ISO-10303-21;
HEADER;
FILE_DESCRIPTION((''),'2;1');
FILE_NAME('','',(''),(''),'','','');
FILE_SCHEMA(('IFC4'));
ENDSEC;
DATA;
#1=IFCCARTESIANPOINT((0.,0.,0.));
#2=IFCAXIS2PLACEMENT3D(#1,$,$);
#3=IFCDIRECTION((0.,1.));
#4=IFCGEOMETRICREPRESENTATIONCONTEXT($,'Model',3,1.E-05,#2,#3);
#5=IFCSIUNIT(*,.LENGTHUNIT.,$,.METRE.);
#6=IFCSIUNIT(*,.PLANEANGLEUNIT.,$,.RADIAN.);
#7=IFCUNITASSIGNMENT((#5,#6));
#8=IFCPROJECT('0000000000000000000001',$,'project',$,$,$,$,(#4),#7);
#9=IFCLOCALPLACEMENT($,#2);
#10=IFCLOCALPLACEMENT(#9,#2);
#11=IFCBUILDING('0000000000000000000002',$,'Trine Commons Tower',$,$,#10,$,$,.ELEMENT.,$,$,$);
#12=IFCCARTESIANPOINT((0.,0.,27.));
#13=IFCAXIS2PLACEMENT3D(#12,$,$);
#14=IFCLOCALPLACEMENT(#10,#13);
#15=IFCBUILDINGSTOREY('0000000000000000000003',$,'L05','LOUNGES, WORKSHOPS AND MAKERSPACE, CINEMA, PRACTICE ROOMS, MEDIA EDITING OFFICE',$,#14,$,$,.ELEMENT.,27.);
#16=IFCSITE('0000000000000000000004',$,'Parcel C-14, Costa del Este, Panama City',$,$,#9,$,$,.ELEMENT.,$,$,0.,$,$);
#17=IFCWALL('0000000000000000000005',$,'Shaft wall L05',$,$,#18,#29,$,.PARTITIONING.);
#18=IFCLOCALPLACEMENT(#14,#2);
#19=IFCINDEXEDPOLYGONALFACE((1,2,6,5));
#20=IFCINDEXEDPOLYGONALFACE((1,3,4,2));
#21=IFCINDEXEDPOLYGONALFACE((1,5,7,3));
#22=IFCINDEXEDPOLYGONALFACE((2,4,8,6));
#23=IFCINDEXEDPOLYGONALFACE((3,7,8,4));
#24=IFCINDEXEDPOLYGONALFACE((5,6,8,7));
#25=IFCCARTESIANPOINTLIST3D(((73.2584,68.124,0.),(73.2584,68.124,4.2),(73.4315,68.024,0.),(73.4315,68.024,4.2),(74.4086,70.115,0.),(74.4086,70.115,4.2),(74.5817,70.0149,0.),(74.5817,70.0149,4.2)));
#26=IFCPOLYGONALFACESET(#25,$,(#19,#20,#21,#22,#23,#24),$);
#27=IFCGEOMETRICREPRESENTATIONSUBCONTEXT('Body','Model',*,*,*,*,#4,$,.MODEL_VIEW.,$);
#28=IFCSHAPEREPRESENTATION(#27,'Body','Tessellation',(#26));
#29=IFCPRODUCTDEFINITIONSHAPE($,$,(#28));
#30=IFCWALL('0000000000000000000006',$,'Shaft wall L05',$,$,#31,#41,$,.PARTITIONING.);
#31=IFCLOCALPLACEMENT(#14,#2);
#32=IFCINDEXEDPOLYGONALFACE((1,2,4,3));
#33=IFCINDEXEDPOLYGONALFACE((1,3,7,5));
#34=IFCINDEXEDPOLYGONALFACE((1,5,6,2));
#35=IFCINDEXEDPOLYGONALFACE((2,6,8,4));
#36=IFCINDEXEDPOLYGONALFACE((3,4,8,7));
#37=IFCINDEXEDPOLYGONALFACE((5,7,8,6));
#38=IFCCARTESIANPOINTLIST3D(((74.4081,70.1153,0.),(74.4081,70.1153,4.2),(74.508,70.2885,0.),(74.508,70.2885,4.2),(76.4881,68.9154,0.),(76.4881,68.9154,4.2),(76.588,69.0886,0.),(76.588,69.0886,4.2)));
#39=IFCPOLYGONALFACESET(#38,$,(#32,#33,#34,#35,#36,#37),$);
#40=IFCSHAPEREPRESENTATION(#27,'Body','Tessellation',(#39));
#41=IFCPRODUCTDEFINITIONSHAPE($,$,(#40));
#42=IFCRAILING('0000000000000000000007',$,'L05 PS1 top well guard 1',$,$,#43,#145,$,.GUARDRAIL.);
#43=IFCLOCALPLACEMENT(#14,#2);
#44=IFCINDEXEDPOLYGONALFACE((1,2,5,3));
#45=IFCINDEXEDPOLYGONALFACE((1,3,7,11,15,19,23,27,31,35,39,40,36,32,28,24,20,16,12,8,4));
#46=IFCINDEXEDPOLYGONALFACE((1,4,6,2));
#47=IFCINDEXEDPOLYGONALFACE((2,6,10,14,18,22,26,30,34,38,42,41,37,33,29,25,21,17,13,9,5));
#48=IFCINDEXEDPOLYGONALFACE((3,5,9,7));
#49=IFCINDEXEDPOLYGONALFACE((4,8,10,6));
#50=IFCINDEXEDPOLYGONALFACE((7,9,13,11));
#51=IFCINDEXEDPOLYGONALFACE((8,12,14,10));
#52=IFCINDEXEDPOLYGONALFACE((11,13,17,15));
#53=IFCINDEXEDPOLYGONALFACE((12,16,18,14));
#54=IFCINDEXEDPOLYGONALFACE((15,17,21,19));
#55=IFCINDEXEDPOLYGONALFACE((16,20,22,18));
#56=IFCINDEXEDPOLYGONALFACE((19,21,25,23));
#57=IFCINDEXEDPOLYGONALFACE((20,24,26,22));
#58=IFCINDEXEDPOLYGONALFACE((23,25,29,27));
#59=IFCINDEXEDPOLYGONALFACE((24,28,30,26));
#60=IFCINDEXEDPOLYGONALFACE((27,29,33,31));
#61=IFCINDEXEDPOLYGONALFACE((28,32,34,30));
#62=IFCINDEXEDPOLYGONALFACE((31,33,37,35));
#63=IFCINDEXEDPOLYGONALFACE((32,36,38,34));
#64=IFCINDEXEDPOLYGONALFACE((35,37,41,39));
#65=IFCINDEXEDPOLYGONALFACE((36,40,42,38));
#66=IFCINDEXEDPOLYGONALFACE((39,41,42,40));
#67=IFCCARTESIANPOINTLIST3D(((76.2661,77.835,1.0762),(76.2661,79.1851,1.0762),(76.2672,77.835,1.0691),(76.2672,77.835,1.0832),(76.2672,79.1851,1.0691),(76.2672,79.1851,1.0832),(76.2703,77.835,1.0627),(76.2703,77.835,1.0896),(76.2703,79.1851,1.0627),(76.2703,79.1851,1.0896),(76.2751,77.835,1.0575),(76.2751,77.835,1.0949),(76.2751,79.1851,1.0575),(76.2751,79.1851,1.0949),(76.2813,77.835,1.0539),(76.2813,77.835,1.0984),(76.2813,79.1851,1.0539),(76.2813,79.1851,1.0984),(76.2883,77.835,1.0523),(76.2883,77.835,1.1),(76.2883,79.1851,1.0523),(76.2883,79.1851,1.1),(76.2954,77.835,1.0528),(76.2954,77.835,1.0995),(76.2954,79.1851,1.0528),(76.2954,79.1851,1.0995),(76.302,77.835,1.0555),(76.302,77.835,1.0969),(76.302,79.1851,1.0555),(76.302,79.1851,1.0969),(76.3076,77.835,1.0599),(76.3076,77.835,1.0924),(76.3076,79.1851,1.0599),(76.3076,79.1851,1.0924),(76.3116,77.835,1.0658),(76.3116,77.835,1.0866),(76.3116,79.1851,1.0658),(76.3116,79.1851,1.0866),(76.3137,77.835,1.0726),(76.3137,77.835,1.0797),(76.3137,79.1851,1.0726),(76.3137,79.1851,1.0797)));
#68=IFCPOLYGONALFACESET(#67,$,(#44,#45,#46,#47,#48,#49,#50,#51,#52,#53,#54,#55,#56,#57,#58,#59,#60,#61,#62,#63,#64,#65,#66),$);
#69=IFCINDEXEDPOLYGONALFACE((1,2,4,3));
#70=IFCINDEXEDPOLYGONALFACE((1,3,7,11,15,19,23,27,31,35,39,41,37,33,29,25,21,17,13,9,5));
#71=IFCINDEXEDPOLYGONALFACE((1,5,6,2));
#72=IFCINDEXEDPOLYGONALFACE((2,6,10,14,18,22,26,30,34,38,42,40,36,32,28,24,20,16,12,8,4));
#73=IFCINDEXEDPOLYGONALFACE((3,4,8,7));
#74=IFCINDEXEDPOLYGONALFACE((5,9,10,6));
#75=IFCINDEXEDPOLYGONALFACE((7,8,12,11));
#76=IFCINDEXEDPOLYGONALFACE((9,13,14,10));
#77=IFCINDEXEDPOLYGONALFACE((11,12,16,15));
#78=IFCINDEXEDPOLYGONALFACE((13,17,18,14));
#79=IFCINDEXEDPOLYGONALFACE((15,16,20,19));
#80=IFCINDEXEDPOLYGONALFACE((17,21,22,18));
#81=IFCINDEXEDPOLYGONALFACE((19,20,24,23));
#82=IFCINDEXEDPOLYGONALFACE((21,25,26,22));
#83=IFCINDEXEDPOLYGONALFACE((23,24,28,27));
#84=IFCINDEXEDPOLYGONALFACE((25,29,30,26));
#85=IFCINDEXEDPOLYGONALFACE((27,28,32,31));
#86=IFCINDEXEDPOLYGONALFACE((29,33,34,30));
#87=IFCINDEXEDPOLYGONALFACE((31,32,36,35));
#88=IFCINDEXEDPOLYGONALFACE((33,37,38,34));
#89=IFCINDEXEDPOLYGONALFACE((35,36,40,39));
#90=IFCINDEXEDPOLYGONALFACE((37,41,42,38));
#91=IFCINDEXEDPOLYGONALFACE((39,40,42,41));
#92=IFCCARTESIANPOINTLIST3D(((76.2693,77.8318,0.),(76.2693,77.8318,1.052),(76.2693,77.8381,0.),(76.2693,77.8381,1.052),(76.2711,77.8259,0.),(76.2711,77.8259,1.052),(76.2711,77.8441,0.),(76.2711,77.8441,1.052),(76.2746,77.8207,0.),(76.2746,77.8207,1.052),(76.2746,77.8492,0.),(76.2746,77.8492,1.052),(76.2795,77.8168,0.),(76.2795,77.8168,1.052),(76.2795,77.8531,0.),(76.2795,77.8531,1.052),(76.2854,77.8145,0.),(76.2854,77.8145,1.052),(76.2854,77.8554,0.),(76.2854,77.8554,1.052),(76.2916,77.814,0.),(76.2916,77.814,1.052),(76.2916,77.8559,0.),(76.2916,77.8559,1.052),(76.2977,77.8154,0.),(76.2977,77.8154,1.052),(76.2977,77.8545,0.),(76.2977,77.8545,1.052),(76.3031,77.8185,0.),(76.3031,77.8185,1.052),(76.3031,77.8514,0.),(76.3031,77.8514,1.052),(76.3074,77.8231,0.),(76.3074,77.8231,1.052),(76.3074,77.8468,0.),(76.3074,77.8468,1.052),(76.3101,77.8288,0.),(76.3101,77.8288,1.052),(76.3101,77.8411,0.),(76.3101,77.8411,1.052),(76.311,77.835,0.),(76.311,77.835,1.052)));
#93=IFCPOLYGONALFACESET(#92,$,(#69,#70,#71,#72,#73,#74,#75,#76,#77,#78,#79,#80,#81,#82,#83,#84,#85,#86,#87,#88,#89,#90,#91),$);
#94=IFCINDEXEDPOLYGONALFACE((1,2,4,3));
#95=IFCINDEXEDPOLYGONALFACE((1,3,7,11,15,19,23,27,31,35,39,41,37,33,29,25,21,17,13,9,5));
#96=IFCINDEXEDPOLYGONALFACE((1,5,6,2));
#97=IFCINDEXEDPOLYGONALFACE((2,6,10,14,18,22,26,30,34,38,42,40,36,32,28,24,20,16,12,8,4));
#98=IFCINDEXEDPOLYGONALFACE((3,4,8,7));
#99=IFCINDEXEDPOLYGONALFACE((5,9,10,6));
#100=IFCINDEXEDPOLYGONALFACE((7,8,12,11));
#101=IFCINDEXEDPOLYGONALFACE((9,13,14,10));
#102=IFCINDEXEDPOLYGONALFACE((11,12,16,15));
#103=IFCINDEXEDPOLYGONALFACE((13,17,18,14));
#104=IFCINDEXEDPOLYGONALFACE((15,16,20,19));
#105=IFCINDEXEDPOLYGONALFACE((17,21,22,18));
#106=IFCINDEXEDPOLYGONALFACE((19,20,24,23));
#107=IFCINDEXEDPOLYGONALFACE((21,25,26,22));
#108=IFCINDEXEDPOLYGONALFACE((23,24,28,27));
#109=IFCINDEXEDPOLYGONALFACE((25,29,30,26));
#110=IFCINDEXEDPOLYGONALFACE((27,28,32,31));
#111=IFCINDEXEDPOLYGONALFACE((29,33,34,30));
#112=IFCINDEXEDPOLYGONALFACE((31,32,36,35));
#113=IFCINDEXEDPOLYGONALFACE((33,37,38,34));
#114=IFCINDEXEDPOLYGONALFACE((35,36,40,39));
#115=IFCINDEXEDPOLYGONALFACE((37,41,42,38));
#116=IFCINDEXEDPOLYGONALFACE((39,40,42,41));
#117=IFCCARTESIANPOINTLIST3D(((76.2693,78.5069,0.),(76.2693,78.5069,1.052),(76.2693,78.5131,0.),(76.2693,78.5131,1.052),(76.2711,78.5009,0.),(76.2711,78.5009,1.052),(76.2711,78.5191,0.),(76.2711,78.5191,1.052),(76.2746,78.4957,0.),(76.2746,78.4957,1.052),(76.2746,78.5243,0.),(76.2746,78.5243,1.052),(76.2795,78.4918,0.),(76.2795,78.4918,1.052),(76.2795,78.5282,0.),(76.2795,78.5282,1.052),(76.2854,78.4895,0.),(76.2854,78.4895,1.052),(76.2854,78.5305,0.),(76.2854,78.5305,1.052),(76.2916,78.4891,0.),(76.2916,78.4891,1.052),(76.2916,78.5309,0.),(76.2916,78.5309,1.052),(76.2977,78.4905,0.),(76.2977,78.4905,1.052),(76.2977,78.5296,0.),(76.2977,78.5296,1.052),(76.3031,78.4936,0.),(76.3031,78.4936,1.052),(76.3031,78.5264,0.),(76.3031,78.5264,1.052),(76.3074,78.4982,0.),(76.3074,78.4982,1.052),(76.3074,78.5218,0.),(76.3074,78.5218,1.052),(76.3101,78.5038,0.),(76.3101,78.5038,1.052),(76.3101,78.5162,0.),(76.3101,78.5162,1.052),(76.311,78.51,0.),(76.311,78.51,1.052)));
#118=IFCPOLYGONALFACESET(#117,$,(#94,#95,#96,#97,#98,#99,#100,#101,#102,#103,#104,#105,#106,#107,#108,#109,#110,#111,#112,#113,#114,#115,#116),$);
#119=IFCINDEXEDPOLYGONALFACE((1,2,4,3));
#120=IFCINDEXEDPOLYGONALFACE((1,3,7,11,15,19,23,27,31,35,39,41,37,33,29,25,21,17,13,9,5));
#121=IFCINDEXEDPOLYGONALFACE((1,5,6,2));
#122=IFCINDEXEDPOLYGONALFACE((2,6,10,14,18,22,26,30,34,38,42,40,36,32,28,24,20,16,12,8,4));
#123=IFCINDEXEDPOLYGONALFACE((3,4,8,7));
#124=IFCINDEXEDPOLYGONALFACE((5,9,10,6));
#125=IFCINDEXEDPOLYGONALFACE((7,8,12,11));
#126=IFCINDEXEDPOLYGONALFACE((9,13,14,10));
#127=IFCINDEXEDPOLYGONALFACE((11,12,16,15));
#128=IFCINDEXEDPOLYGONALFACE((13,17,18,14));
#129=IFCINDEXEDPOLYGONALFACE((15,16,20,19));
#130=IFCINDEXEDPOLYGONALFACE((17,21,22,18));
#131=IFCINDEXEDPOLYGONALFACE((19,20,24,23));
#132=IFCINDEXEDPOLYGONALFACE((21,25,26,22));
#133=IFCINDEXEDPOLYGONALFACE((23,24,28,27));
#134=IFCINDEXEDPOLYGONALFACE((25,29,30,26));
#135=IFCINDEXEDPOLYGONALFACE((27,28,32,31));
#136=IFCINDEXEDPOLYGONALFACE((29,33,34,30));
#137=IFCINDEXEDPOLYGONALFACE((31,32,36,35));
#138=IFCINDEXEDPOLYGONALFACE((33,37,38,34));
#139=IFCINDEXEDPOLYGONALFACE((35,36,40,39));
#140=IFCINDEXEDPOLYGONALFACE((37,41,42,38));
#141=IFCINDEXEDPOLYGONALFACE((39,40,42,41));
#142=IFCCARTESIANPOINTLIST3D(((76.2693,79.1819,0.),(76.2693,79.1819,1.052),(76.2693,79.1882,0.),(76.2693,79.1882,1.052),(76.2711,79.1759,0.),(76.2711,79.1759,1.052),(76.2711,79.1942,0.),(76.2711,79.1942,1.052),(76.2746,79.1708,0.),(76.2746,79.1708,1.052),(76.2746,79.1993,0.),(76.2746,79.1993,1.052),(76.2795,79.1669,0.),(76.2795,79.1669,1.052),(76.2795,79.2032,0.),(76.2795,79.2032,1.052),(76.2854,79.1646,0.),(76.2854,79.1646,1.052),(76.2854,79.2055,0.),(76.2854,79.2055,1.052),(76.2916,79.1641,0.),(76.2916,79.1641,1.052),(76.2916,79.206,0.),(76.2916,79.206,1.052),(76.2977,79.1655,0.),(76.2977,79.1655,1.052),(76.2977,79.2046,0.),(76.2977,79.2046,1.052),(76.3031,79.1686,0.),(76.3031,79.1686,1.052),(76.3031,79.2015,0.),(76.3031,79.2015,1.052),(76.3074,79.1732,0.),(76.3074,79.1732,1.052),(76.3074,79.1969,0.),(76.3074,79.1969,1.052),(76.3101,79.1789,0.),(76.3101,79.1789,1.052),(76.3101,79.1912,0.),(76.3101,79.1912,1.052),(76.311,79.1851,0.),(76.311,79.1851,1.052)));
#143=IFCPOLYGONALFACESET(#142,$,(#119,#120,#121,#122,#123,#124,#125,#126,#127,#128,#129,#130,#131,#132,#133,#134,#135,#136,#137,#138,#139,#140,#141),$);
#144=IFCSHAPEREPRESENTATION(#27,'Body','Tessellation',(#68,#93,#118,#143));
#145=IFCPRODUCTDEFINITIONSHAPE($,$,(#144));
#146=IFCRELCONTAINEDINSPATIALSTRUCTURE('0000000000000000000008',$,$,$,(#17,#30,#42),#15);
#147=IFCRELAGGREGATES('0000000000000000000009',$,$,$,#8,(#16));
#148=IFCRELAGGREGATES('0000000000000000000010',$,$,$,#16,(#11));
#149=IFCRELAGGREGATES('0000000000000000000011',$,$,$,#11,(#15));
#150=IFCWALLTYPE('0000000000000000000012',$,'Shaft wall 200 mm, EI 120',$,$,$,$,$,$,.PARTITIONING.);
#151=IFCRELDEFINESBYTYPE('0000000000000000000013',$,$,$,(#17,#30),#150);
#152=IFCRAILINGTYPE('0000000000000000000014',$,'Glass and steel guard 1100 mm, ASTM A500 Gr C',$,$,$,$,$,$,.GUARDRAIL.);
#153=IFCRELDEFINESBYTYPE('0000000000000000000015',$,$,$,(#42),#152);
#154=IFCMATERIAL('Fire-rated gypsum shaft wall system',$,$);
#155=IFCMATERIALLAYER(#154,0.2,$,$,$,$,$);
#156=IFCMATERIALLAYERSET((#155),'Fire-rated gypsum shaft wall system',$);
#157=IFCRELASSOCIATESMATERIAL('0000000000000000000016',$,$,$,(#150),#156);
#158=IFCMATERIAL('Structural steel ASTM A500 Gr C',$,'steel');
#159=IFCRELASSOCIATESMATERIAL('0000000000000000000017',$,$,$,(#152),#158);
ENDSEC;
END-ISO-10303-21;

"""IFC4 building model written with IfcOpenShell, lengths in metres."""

from ifc_helpers import new_model, si_unit, direction, frame, frame_2d, origin, origin_2d, place, context, subcontext, project, spatial, rectangle, circle, extrude, material, layer, layer_set, type_object, element, save


model = new_model("IFC4")

# Units and contexts
model_context = context("Model", 3, precision=1e-05, world=origin(), true_north=direction((0.0, 1.0)))
body_context = subcontext(model_context, "Body", "Model", "MODEL_VIEW")
ifc_project = project(units=[si_unit("LENGTHUNIT", "METRE"), si_unit("PLANEANGLEUNIT", "RADIAN")], contexts=[model_context])

# Site, building, storey
site_placement = place(None, origin())
site = spatial("IfcSite", under=ifc_project, at=site_placement, Name="Parcel C-14, Costa del Este, Panama City", CompositionType="ELEMENT", RefElevation=0.0)
building_placement = place(site_placement, origin())
building = spatial("IfcBuilding", under=site, at=building_placement, Name="Trine Commons Tower", CompositionType="ELEMENT")
storey_placement = place(building_placement, frame((0.0, 0.0, 27.0)))
storey = spatial("IfcBuildingStorey", under=building, at=storey_placement, Name="L05", Description="LOUNGES, WORKSHOPS AND MAKERSPACE, CINEMA, PRACTICE ROOMS, MEDIA EDITING OFFICE", CompositionType="ELEMENT", Elevation=27.0)

# Walls
ifc_material_1 = material(Name="Fire-rated gypsum shaft wall system")
ifc_layer_1 = layer(ifc_material_1, 0.2)
ifc_layer_set_1 = layer_set([ifc_layer_1], Name="Fire-rated gypsum shaft wall system")
wall_type_1 = type_object("IfcWallType", Name="Shaft wall 200 mm, EI 120", PredefinedType="PARTITIONING", material=ifc_layer_set_1)
wall_1_placement = place(storey_placement, frame((73.345, 68.074, 0.0), z_axis=(0.0, 0.0, 1.0), x_axis=(0.500216, 0.865901, 0.0)))
element("IfcWall", 1, at=wall_1_placement, inside=storey, type_object=wall_type_1, Name="Shaft wall L05", PredefinedType="PARTITIONING", context=body_context, shape_type="SweptSolid", body=[
    extrude(rectangle(XDim=2.2993, YDim=0.2, at=frame_2d((1.1497, 0.0))), origin(), (0.0, 0.0, 1.0), 4.2),
])
wall_2_placement = place(storey_placement, frame((76.5381, 69.002, 0.0), z_axis=(0.0, 0.0, 1.0), x_axis=(-0.866203, 0.499693, 0.0)))
element("IfcWall", 2, at=wall_2_placement, inside=storey, type_object=wall_type_1, Name="Shaft wall L05", PredefinedType="PARTITIONING", context=body_context, shape_type="SweptSolid", body=[
    extrude(rectangle(XDim=2.4014, YDim=0.2, at=frame_2d((1.2007, 0.0))), origin(), (0.0, 0.0, 1.0), 4.2),
])

# Railing
ifc_material_2 = material(Name="Structural steel ASTM A500 Gr C", Category="steel")
railing_type = type_object("IfcRailingType", Name="Glass and steel guard 1100 mm, ASTM A500 Gr C", PredefinedType="GUARDRAIL", material=ifc_material_2)
railing_placement = place(storey_placement, frame((76.29, 77.835, 0.0)))
element("IfcRailing", 3, at=railing_placement, inside=storey, type_object=railing_type, Name="L05 PS1 top well guard 1", PredefinedType="GUARDRAIL", context=body_context, shape_type="SweptSolid", body=[
    extrude(circle(Radius=0.0239, at=origin_2d()), frame((0.0, 0.0, 1.0762), z_axis=(0.0, 1.0, 0.0), x_axis=(-1.0, 0.0, 0.0)), (0.0, 0.0, 1.0), 1.3501),
    extrude(circle(Radius=0.021, at=origin_2d()), origin(), (0.0, 0.0, 1.0), 1.052),
    extrude(circle(Radius=0.021, at=origin_2d()), frame((0.0, 0.675, 0.0)), (0.0, 0.0, 1.0), 1.052),
    extrude(circle(Radius=0.021, at=origin_2d()), frame((0.0, 1.3501, 0.0)), (0.0, 0.0, 1.0), 1.052),
])

save(model, "model.ifc")
